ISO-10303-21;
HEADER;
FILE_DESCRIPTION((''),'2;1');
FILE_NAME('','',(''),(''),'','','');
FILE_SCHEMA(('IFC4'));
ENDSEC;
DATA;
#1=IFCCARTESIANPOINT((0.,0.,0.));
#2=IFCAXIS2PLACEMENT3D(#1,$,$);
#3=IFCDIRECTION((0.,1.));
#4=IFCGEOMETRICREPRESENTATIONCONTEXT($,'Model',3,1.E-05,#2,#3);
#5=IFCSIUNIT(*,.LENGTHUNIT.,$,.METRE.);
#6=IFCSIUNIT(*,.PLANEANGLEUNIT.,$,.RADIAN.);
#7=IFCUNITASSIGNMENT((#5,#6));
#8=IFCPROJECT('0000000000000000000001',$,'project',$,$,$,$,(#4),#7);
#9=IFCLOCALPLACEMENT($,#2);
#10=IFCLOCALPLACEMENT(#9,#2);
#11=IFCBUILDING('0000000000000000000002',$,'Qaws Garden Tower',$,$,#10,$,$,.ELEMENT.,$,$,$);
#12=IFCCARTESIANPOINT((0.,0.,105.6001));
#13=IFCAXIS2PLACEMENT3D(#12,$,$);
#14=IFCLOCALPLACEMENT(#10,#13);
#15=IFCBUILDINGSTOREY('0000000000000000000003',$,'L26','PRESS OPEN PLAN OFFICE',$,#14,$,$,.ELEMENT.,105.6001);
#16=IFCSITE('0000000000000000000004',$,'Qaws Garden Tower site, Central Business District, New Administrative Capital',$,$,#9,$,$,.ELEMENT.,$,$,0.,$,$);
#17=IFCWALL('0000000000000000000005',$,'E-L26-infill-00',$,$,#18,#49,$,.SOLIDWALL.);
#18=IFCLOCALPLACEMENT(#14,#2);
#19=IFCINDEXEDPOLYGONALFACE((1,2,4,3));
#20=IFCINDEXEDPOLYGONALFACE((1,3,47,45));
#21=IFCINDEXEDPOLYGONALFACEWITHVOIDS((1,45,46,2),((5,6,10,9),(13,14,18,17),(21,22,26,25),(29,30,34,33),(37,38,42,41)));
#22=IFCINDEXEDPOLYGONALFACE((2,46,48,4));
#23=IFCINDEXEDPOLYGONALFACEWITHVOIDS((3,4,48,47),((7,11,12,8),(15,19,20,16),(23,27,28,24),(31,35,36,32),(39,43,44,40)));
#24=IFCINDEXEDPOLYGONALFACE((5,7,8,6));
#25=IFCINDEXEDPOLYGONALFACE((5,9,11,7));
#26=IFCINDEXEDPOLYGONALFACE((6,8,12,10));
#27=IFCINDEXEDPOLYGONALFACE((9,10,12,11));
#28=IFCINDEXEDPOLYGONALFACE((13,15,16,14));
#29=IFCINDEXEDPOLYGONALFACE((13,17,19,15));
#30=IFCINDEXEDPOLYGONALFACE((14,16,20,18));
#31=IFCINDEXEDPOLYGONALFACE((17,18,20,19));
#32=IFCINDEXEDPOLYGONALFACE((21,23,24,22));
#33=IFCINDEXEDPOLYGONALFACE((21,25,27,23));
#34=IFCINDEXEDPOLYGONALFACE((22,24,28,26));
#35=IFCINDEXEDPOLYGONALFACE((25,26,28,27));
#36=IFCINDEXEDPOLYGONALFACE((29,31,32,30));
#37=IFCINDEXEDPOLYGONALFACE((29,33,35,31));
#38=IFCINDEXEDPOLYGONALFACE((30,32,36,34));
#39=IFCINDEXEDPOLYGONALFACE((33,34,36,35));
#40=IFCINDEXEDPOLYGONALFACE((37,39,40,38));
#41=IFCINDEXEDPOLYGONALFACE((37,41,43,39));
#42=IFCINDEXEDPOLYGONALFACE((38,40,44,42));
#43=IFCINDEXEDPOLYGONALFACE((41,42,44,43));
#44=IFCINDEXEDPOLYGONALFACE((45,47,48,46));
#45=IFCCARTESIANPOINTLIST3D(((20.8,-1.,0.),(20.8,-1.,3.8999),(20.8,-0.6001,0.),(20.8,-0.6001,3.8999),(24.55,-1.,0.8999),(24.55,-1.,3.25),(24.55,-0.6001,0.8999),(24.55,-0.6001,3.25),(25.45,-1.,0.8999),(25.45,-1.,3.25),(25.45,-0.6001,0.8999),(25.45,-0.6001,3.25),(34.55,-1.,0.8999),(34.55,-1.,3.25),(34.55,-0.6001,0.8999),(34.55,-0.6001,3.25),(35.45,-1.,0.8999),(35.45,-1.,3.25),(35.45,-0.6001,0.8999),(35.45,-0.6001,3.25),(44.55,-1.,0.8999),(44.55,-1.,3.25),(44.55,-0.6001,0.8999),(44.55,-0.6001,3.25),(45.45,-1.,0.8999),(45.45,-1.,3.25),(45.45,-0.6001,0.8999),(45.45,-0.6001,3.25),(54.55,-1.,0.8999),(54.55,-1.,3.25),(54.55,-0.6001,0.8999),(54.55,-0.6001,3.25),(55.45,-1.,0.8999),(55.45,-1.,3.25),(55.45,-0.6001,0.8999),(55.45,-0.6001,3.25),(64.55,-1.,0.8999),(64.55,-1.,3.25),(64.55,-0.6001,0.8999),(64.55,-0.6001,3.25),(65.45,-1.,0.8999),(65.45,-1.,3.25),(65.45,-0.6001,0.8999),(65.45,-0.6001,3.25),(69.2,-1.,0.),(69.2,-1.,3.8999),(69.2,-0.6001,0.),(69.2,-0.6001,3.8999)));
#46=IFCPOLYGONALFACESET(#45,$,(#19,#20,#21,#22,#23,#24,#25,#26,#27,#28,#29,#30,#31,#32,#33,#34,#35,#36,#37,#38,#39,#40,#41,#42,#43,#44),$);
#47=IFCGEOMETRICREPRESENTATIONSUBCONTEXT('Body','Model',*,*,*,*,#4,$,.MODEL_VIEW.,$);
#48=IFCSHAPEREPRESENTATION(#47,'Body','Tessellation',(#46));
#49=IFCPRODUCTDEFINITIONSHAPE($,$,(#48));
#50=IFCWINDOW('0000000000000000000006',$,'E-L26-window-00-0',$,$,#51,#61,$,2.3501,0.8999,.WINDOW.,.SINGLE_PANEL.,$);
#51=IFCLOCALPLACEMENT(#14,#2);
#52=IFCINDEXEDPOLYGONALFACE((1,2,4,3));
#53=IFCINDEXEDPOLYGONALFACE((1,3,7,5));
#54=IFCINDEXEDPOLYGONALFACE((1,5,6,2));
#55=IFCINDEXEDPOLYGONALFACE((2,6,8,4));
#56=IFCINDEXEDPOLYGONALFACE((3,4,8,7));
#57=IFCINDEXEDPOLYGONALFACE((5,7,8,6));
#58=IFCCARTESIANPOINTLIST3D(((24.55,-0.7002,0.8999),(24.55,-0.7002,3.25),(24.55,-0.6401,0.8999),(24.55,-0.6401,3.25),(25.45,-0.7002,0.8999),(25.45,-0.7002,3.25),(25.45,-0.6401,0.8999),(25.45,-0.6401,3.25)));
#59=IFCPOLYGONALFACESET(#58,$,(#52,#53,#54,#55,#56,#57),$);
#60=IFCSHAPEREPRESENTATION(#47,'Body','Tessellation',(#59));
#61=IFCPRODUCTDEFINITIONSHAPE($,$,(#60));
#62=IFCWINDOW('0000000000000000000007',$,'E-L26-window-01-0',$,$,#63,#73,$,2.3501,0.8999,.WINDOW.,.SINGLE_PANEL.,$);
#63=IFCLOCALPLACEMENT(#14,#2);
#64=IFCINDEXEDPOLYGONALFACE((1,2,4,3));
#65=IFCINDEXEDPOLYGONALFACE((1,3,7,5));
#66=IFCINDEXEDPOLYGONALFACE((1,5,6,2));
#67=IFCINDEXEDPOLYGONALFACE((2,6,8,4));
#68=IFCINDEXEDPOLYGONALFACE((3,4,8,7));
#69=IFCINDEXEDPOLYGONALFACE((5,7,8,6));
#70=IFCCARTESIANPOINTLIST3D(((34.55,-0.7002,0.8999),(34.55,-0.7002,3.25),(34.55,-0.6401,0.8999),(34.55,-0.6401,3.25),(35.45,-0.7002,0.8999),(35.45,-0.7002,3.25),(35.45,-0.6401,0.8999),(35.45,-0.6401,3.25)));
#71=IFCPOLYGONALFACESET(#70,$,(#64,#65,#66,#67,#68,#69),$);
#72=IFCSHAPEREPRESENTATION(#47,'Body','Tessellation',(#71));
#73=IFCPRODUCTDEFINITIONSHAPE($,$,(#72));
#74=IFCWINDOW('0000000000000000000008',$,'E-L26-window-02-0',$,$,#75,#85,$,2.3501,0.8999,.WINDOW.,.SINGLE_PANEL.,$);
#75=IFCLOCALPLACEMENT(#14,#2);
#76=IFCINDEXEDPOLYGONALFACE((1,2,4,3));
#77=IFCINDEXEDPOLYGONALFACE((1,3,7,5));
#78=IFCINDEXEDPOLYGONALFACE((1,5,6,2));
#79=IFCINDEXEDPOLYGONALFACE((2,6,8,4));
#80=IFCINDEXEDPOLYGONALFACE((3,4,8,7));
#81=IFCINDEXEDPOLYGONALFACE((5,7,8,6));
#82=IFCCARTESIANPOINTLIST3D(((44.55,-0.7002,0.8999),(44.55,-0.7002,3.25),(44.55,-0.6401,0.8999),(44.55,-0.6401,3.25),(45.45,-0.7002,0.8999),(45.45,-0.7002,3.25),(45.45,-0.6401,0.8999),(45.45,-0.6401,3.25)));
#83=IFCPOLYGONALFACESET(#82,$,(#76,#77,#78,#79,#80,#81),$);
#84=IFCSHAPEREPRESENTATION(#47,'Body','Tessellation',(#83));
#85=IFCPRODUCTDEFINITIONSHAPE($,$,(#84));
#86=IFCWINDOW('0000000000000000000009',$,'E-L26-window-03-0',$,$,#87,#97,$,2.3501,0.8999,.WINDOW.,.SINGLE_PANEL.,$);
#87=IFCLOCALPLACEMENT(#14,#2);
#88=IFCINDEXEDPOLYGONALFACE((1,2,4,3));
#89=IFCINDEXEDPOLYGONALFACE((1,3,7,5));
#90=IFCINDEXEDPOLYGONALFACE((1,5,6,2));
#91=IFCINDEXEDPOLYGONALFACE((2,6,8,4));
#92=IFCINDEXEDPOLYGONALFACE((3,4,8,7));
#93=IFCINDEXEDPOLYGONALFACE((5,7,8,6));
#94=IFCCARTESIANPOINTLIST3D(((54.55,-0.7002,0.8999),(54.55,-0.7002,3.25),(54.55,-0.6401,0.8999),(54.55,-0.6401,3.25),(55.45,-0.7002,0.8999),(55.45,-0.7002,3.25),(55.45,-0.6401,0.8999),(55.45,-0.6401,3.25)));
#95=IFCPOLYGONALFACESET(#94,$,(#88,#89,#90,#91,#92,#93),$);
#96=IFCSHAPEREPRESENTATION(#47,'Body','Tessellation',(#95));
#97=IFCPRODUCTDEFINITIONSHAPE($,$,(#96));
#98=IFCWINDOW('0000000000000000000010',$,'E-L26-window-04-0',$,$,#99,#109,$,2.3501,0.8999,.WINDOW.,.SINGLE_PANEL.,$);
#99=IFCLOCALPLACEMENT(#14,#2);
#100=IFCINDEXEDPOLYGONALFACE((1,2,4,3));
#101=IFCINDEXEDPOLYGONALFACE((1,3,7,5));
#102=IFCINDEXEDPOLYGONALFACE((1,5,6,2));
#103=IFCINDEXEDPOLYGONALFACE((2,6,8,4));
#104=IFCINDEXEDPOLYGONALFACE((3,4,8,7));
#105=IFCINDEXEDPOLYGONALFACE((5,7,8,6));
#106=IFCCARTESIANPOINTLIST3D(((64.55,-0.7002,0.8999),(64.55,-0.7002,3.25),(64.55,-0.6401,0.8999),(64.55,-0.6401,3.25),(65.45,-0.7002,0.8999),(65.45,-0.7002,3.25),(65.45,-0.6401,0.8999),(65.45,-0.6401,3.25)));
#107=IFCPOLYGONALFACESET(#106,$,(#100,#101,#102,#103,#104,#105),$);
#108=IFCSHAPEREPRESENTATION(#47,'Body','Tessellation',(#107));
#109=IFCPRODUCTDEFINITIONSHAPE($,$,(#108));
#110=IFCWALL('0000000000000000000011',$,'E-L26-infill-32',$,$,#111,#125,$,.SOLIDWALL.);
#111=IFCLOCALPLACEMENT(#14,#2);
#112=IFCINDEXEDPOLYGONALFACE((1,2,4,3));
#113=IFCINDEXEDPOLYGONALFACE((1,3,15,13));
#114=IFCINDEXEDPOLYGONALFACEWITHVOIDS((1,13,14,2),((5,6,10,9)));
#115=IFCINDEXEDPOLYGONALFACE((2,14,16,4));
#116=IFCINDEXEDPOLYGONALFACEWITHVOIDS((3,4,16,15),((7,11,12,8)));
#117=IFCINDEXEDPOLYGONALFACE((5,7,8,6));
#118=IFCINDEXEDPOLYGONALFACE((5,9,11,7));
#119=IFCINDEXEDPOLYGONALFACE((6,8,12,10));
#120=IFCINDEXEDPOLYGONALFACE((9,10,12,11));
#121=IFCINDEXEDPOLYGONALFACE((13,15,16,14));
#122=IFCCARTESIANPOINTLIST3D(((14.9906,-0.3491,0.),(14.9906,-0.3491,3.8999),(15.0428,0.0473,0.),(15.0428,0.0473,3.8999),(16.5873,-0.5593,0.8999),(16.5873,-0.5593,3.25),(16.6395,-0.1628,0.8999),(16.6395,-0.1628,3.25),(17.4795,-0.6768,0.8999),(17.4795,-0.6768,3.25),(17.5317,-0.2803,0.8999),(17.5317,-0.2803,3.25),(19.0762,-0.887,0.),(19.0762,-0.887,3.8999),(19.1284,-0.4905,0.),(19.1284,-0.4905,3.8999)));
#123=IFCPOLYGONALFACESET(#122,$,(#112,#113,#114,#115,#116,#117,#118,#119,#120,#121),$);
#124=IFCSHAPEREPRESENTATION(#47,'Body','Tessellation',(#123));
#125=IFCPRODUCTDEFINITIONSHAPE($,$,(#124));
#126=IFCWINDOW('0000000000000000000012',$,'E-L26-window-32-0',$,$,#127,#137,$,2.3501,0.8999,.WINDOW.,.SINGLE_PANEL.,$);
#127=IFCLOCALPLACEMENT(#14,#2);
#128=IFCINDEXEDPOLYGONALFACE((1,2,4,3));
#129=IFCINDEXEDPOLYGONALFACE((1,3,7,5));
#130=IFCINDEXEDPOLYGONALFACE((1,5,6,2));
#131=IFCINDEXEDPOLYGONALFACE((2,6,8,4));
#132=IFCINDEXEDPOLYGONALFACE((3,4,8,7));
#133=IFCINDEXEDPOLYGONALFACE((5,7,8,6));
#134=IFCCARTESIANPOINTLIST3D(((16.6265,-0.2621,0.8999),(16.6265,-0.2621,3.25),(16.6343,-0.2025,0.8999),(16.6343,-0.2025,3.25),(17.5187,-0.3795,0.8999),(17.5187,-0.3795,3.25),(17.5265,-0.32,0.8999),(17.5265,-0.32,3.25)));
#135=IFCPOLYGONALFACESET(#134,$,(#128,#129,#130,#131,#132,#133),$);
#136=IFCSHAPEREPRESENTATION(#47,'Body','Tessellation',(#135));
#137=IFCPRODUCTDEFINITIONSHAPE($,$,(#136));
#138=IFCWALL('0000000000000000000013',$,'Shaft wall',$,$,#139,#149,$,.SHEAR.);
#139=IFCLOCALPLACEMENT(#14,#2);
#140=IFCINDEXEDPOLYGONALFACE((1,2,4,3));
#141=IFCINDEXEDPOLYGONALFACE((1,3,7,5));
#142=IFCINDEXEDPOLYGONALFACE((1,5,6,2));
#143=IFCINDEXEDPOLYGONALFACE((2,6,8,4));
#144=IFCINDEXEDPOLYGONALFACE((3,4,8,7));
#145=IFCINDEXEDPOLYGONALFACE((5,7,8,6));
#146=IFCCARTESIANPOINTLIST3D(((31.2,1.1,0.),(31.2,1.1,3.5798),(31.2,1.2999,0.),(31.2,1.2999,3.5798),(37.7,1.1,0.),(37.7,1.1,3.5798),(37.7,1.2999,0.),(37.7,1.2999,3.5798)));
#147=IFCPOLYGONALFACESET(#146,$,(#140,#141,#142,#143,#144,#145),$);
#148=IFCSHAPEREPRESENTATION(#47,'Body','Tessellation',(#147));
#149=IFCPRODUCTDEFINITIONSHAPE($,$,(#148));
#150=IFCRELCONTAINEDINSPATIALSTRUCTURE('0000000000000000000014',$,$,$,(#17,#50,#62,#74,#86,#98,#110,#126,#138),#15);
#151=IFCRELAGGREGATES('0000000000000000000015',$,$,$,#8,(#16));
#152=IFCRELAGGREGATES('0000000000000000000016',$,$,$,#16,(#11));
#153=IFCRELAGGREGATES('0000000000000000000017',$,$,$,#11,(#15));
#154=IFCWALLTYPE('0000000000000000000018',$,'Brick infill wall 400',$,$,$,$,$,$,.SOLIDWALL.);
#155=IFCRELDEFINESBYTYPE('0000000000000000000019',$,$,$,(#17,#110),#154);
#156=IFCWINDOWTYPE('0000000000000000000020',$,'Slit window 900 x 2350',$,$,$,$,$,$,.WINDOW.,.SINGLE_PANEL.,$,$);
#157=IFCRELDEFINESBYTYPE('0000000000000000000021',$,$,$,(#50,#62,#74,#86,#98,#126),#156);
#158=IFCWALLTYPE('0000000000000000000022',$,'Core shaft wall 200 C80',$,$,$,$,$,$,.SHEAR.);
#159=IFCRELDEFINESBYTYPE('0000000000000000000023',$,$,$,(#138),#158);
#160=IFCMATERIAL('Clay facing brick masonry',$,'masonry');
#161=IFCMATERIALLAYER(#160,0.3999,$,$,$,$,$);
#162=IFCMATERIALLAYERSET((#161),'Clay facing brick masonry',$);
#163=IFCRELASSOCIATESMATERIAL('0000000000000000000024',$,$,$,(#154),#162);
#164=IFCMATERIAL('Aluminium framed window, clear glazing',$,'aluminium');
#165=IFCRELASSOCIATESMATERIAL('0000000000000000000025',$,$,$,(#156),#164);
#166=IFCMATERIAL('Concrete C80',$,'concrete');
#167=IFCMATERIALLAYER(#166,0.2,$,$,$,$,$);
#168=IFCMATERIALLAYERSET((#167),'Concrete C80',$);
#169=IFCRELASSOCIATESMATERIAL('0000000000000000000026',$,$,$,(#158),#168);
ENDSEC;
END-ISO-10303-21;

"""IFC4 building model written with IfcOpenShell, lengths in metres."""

from ifc_helpers import new_model, si_unit, direction, frame, frame_2d, origin, place, context, subcontext, project, spatial, rectangle, extrude, material, layer, layer_set, type_object, element, fill, save


model = new_model("IFC4")

# Units and contexts
model_context = context("Model", 3, precision=1e-05, world=origin(), true_north=direction((0.0, 1.0)))
body_context = subcontext(model_context, "Body", "Model", "MODEL_VIEW")
ifc_project = project(units=[si_unit("LENGTHUNIT", "METRE"), si_unit("PLANEANGLEUNIT", "RADIAN")], contexts=[model_context])

# Site, building, storey
site_placement = place(None, origin())
site = spatial("IfcSite", under=ifc_project, at=site_placement, Name="Qaws Garden Tower site, Central Business District, New Administrative Capital", CompositionType="ELEMENT", RefElevation=0.0)
building_placement = place(site_placement, origin())
building = spatial("IfcBuilding", under=site, at=building_placement, Name="Qaws Garden Tower", CompositionType="ELEMENT")
storey_placement = place(building_placement, frame((0.0, 0.0, 105.6001)))
storey = spatial("IfcBuildingStorey", under=building, at=storey_placement, Name="L26", Description="PRESS OPEN PLAN OFFICE", CompositionType="ELEMENT", Elevation=105.6001)

# Wall, openings, windows
ifc_material_1 = material(Name="Clay facing brick masonry", Category="masonry")
ifc_layer_1 = layer(ifc_material_1, 0.3999)
ifc_layer_set_1 = layer_set([ifc_layer_1], Name="Clay facing brick masonry")
wall_type_1 = type_object("IfcWallType", Name="Brick infill wall 400", PredefinedType="SOLIDWALL", material=ifc_layer_set_1)
wall_1_placement = place(storey_placement, frame((20.8, -0.8, 0.0), z_axis=(0.0, 0.0, 1.0), x_axis=(1.0, 0.0, 0.0)))
wall_1 = element("IfcWall", 1, at=wall_1_placement, inside=storey, type_object=wall_type_1, Name="E-L26-infill-00", PredefinedType="SOLIDWALL", context=body_context, shape_type="SweptSolid", body=[
    extrude(rectangle(XDim=48.3999, YDim=0.3999, at=frame_2d((24.2, 0.0))), origin(), (0.0, 0.0, 1.0), 3.8999),
])
opening_1_placement = place(wall_1_placement, frame((3.75, 0.0, 0.8999)))
opening_1 = element("IfcOpeningElement", 2, at=opening_1_placement, cuts=wall_1, PredefinedType="OPENING", context=body_context, shape_type="SweptSolid", body=[
    extrude(rectangle(XDim=0.8999, YDim=2.3501, at=frame_2d((0.45, 1.175))), frame((0.0, 0.21, 0.0), z_axis=(0.0, -1.0, 0.0), x_axis=(1.0, 0.0, 0.0)), (0.0, 0.0, 1.0), 0.4199),
])
opening_2_placement = place(wall_1_placement, frame((13.75, 0.0, 0.8999)))
opening_2 = element("IfcOpeningElement", 3, at=opening_2_placement, cuts=wall_1, PredefinedType="OPENING", context=body_context, shape_type="SweptSolid", body=[
    extrude(rectangle(XDim=0.8999, YDim=2.3501, at=frame_2d((0.45, 1.175))), frame((0.0, 0.21, 0.0), z_axis=(0.0, -1.0, 0.0), x_axis=(1.0, 0.0, 0.0)), (0.0, 0.0, 1.0), 0.4199),
])
opening_3_placement = place(wall_1_placement, frame((23.75, 0.0, 0.8999)))
opening_3 = element("IfcOpeningElement", 4, at=opening_3_placement, cuts=wall_1, PredefinedType="OPENING", context=body_context, shape_type="SweptSolid", body=[
    extrude(rectangle(XDim=0.8999, YDim=2.3501, at=frame_2d((0.45, 1.175))), frame((0.0, 0.21, 0.0), z_axis=(0.0, -1.0, 0.0), x_axis=(1.0, 0.0, 0.0)), (0.0, 0.0, 1.0), 0.4199),
])
opening_4_placement = place(wall_1_placement, frame((33.75, 0.0, 0.8999)))
opening_4 = element("IfcOpeningElement", 5, at=opening_4_placement, cuts=wall_1, PredefinedType="OPENING", context=body_context, shape_type="SweptSolid", body=[
    extrude(rectangle(XDim=0.8999, YDim=2.3501, at=frame_2d((0.45, 1.175))), frame((0.0, 0.21, 0.0), z_axis=(0.0, -1.0, 0.0), x_axis=(1.0, 0.0, 0.0)), (0.0, 0.0, 1.0), 0.4199),
])
opening_5_placement = place(wall_1_placement, frame((43.75, 0.0, 0.8999)))
opening_5 = element("IfcOpeningElement", 6, at=opening_5_placement, cuts=wall_1, PredefinedType="OPENING", context=body_context, shape_type="SweptSolid", body=[
    extrude(rectangle(XDim=0.8999, YDim=2.3501, at=frame_2d((0.45, 1.175))), frame((0.0, 0.21, 0.0), z_axis=(0.0, -1.0, 0.0), x_axis=(1.0, 0.0, 0.0)), (0.0, 0.0, 1.0), 0.4199),
])
ifc_material_2 = material(Name="Aluminium framed window, clear glazing", Category="aluminium")
window_type = type_object("IfcWindowType", Name="Slit window 900 x 2350", PartitioningType="SINGLE_PANEL", PredefinedType="WINDOW", material=ifc_material_2)
window_1_placement = place(opening_1_placement, origin())
window_1 = element("IfcWindow", 7, at=window_1_placement, inside=storey, type_object=window_type, Name="E-L26-window-00-0", OverallHeight=2.3501, OverallWidth=0.8999, PartitioningType="SINGLE_PANEL", PredefinedType="WINDOW", context=body_context, shape_type="SweptSolid", body=[
    extrude(rectangle(XDim=0.8999, YDim=2.3501, at=frame_2d((0.45, 1.175))), frame((0.0, 0.1599, 0.0), z_axis=(0.0, -1.0, 0.0), x_axis=(1.0, 0.0, 0.0)), (0.0, 0.0, 1.0), 0.0601),
])
fill(opening_1, window_1)
window_2_placement = place(opening_2_placement, origin())
window_2 = element("IfcWindow", 8, at=window_2_placement, inside=storey, type_object=window_type, Name="E-L26-window-01-0", OverallHeight=2.3501, OverallWidth=0.8999, PartitioningType="SINGLE_PANEL", PredefinedType="WINDOW", context=body_context, shape_type="SweptSolid", body=[
    extrude(rectangle(XDim=0.8999, YDim=2.3501, at=frame_2d((0.45, 1.175))), frame((0.0, 0.1599, 0.0), z_axis=(0.0, -1.0, 0.0), x_axis=(1.0, 0.0, 0.0)), (0.0, 0.0, 1.0), 0.0601),
])
fill(opening_2, window_2)
window_3_placement = place(opening_3_placement, origin())
window_3 = element("IfcWindow", 9, at=window_3_placement, inside=storey, type_object=window_type, Name="E-L26-window-02-0", OverallHeight=2.3501, OverallWidth=0.8999, PartitioningType="SINGLE_PANEL", PredefinedType="WINDOW", context=body_context, shape_type="SweptSolid", body=[
    extrude(rectangle(XDim=0.8999, YDim=2.3501, at=frame_2d((0.45, 1.175))), frame((0.0, 0.1599, 0.0), z_axis=(0.0, -1.0, 0.0), x_axis=(1.0, 0.0, 0.0)), (0.0, 0.0, 1.0), 0.0601),
])
fill(opening_3, window_3)
window_4_placement = place(opening_4_placement, origin())
window_4 = element("IfcWindow", 10, at=window_4_placement, inside=storey, type_object=window_type, Name="E-L26-window-03-0", OverallHeight=2.3501, OverallWidth=0.8999, PartitioningType="SINGLE_PANEL", PredefinedType="WINDOW", context=body_context, shape_type="SweptSolid", body=[
    extrude(rectangle(XDim=0.8999, YDim=2.3501, at=frame_2d((0.45, 1.175))), frame((0.0, 0.1599, 0.0), z_axis=(0.0, -1.0, 0.0), x_axis=(1.0, 0.0, 0.0)), (0.0, 0.0, 1.0), 0.0601),
])
fill(opening_4, window_4)
window_5_placement = place(opening_5_placement, origin())
window_5 = element("IfcWindow", 11, at=window_5_placement, inside=storey, type_object=window_type, Name="E-L26-window-04-0", OverallHeight=2.3501, OverallWidth=0.8999, PartitioningType="SINGLE_PANEL", PredefinedType="WINDOW", context=body_context, shape_type="SweptSolid", body=[
    extrude(rectangle(XDim=0.8999, YDim=2.3501, at=frame_2d((0.45, 1.175))), frame((0.0, 0.1599, 0.0), z_axis=(0.0, -1.0, 0.0), x_axis=(1.0, 0.0, 0.0)), (0.0, 0.0, 1.0), 0.0601),
])
fill(opening_5, window_5)

# Wall, opening, window
wall_2_placement = place(storey_placement, frame((15.0166, -0.1509, 0.0), z_axis=(0.0, 0.0, 1.0), x_axis=(0.991446, -0.130514, 0.0)))
wall_2 = element("IfcWall", 12, at=wall_2_placement, inside=storey, type_object=wall_type_1, Name="E-L26-infill-32", PredefinedType="SOLIDWALL", context=body_context, shape_type="SweptSolid", body=[
    extrude(rectangle(XDim=4.1208, YDim=0.3999, at=frame_2d((2.0605, 0.0))), origin(), (0.0, 0.0, 1.0), 3.8999),
])
opening_6_placement = place(wall_2_placement, frame((1.6106, 0.0, 0.8999)))
opening_6 = element("IfcOpeningElement", 13, at=opening_6_placement, cuts=wall_2, PredefinedType="OPENING", context=body_context, shape_type="SweptSolid", body=[
    extrude(rectangle(XDim=0.8999, YDim=2.3501, at=frame_2d((0.45, 1.175))), frame((0.0, 0.21, 0.0), z_axis=(0.0, -1.0, 0.0), x_axis=(1.0, 0.0, 0.0)), (0.0, 0.0, 1.0), 0.4199),
])
window_6_placement = place(opening_6_placement, origin())
window_6 = element("IfcWindow", 14, at=window_6_placement, inside=storey, type_object=window_type, Name="E-L26-window-32-0", OverallHeight=2.3501, OverallWidth=0.8999, PartitioningType="SINGLE_PANEL", PredefinedType="WINDOW", context=body_context, shape_type="SweptSolid", body=[
    extrude(rectangle(XDim=0.8999, YDim=2.3501, at=frame_2d((0.45, 1.175))), frame((0.0, 0.1599, 0.0), z_axis=(0.0, -1.0, 0.0), x_axis=(1.0, 0.0, 0.0)), (0.0, 0.0, 1.0), 0.0601),
])
fill(opening_6, window_6)

# Wall
ifc_material_3 = material(Name="Concrete C80", Category="concrete")
ifc_layer_2 = layer(ifc_material_3, 0.2)
ifc_layer_set_2 = layer_set([ifc_layer_2], Name="Concrete C80")
wall_type_2 = type_object("IfcWallType", Name="Core shaft wall 200 C80", PredefinedType="SHEAR", material=ifc_layer_set_2)
wall_3_placement = place(storey_placement, frame((31.2, 1.2, 0.0), z_axis=(0.0, 0.0, 1.0), x_axis=(1.0, 0.0, 0.0)))
element("IfcWall", 15, at=wall_3_placement, inside=storey, type_object=wall_type_2, Name="Shaft wall", PredefinedType="SHEAR", context=body_context, shape_type="SweptSolid", body=[
    extrude(rectangle(XDim=6.5, YDim=0.2, at=frame_2d((3.25, 0.0))), origin(), (0.0, 0.0, 1.0), 3.5798),
])

save(model, "model.ifc")
